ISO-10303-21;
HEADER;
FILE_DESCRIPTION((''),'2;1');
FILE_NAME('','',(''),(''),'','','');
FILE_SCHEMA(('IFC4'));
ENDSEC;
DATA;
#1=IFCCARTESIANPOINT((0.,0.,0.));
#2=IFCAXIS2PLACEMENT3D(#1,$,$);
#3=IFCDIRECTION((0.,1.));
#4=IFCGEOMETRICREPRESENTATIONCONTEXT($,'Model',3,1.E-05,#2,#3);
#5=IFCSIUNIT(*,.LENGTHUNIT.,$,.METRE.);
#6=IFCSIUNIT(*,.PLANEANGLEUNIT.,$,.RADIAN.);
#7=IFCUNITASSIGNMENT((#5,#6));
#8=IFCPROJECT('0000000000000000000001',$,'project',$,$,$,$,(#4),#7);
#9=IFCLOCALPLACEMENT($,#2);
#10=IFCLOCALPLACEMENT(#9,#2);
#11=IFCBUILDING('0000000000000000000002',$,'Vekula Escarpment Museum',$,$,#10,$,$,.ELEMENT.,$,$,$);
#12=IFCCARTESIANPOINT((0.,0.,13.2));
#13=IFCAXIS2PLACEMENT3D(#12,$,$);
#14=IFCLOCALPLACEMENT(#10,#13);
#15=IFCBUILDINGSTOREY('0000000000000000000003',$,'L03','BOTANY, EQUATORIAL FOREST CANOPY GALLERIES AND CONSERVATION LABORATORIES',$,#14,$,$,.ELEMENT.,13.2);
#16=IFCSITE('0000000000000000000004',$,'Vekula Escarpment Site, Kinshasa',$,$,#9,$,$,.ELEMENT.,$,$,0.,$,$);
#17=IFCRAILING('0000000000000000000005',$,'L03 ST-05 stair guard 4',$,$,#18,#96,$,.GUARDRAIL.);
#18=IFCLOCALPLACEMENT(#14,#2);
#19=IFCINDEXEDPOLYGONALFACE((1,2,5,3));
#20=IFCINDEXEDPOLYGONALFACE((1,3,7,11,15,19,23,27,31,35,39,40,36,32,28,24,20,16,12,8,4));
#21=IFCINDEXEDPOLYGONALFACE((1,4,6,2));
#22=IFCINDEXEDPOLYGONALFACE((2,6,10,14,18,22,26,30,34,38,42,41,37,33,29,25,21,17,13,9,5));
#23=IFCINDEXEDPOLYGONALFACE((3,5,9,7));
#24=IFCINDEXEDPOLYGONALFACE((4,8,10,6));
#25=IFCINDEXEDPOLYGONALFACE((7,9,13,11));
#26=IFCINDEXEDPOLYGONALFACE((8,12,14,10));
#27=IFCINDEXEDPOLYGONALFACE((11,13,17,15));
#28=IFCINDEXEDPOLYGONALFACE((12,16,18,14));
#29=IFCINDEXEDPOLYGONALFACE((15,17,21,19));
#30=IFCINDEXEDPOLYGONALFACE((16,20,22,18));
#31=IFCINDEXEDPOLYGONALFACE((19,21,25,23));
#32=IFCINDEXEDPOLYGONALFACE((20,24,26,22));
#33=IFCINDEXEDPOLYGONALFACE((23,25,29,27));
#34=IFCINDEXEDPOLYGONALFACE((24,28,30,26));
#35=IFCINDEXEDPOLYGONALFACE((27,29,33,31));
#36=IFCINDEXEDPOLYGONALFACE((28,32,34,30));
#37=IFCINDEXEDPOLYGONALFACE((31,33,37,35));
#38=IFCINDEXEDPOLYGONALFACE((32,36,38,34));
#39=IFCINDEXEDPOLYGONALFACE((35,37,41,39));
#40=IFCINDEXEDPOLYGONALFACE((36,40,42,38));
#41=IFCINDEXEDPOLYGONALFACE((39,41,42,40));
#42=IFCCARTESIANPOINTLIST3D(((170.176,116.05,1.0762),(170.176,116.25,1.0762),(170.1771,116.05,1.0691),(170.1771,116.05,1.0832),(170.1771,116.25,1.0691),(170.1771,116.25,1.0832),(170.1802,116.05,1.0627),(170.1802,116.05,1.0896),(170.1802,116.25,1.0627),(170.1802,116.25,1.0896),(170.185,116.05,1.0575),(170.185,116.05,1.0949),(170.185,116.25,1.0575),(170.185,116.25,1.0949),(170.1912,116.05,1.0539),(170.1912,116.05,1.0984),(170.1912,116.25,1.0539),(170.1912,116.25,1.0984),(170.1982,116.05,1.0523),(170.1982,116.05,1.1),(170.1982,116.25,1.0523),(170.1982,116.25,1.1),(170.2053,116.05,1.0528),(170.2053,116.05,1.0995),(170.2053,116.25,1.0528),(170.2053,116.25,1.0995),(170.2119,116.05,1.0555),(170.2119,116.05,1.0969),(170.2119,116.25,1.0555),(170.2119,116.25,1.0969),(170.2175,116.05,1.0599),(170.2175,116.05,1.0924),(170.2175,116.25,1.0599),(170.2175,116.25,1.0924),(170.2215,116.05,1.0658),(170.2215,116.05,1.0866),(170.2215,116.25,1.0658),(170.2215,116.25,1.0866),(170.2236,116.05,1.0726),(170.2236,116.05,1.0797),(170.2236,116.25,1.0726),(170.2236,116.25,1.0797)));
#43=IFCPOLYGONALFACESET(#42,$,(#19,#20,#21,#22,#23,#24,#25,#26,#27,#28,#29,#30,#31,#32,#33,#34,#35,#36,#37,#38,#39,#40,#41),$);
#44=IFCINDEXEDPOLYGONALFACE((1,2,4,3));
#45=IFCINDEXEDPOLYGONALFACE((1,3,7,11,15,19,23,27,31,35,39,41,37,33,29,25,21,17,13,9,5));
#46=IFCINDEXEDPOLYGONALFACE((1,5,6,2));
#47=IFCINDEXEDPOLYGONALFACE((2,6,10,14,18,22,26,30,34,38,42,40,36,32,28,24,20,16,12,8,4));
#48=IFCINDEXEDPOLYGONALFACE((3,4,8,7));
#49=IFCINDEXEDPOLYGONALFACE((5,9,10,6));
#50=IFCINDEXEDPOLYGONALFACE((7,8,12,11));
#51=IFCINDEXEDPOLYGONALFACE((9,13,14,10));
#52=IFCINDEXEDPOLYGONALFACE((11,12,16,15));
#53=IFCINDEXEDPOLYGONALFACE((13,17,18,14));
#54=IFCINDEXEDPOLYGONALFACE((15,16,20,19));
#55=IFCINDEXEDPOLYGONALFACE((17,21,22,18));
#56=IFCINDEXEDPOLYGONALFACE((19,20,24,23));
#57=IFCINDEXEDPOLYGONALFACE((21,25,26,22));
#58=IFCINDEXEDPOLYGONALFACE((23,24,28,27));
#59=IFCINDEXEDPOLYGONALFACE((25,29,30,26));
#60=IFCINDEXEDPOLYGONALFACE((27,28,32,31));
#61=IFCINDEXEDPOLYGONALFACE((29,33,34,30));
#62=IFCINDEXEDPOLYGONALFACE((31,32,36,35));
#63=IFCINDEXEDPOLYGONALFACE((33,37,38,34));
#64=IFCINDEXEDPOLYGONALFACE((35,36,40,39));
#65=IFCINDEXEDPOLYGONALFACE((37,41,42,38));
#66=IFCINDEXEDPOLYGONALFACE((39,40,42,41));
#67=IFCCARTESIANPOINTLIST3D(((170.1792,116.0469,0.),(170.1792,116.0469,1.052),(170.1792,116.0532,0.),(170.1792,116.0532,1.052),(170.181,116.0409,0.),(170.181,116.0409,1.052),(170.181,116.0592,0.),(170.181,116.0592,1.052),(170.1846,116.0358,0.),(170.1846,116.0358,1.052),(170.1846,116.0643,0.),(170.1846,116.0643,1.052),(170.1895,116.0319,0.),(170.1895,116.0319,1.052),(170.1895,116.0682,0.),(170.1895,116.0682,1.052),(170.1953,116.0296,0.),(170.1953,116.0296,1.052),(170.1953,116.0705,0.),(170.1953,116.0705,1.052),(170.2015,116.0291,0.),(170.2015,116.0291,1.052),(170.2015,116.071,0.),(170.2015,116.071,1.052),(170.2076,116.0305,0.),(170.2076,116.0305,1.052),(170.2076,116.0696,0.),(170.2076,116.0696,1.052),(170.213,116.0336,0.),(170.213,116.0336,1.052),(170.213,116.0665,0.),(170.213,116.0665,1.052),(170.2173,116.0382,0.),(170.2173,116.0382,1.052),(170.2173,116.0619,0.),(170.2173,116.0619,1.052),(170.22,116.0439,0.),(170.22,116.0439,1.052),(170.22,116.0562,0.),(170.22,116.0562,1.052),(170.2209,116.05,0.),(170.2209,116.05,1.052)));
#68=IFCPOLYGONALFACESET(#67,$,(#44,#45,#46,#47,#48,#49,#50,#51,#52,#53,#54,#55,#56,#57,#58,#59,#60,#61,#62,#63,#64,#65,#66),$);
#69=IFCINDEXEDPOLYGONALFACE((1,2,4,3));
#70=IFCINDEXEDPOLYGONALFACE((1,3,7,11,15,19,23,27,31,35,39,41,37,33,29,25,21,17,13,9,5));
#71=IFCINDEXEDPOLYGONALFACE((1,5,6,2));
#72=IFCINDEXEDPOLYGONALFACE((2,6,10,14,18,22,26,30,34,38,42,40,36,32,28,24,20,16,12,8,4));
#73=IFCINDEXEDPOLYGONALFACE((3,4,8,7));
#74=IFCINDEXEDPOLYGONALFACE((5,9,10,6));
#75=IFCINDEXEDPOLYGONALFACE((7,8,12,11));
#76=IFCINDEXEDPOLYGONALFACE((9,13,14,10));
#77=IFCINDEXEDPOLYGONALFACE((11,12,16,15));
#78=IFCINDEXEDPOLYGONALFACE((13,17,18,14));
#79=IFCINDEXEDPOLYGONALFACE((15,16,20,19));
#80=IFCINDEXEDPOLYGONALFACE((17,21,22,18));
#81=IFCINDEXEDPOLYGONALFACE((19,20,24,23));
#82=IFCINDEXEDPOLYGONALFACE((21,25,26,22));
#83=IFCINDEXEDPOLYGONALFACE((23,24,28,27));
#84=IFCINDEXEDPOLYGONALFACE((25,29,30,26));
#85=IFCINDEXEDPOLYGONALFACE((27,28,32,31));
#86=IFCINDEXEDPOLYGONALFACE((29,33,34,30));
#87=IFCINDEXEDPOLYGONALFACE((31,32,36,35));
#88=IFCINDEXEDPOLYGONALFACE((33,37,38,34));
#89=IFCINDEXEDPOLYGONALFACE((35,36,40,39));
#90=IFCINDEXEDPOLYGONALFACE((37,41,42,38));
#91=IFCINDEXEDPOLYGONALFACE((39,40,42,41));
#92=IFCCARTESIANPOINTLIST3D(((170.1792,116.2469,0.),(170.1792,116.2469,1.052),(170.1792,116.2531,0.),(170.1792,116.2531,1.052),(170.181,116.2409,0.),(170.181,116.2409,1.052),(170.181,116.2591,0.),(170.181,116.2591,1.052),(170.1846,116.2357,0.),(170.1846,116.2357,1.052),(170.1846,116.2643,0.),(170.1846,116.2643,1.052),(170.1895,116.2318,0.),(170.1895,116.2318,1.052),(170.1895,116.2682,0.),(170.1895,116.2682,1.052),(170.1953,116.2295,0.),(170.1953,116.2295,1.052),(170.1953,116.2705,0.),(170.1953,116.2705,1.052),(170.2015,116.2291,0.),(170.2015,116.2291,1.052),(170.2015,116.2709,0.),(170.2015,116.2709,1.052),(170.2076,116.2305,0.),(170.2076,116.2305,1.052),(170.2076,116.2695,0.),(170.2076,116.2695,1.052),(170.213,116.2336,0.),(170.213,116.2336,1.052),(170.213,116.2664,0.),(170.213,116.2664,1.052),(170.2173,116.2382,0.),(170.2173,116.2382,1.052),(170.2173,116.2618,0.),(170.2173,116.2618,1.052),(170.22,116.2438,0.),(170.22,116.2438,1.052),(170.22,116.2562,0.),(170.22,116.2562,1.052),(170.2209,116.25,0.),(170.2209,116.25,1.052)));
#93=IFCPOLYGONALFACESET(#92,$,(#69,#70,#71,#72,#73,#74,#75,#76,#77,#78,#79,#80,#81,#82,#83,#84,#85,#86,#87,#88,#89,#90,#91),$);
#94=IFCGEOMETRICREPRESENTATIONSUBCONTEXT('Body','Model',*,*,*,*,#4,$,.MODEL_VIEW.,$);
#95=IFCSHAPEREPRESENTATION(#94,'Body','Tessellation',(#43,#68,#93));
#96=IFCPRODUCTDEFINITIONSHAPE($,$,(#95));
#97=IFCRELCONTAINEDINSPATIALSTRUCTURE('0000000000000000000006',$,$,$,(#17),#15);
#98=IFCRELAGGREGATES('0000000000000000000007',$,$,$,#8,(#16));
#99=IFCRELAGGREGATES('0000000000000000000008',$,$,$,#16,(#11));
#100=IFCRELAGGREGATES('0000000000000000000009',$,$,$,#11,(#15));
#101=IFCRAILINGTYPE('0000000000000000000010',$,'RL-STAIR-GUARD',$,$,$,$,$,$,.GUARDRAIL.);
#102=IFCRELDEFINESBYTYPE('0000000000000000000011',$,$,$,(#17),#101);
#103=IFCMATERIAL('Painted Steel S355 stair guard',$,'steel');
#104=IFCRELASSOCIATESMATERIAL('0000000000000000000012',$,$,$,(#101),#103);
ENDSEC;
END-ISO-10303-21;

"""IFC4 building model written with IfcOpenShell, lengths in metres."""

from ifc_helpers import new_model, si_unit, direction, frame, origin, origin_2d, place, context, subcontext, project, spatial, circle, extrude, material, type_object, element, save


model = new_model("IFC4")

# Units and contexts
model_context = context("Model", 3, precision=1e-05, world=origin(), true_north=direction((0.0, 1.0)))
body_context = subcontext(model_context, "Body", "Model", "MODEL_VIEW")
ifc_project = project(units=[si_unit("LENGTHUNIT", "METRE"), si_unit("PLANEANGLEUNIT", "RADIAN")], contexts=[model_context])

# Site, building, storey
site_placement = place(None, origin())
site = spatial("IfcSite", under=ifc_project, at=site_placement, Name="Vekula Escarpment Site, Kinshasa", CompositionType="ELEMENT", RefElevation=0.0)
building_placement = place(site_placement, origin())
building = spatial("IfcBuilding", under=site, at=building_placement, Name="Vekula Escarpment Museum", CompositionType="ELEMENT")
storey_placement = place(building_placement, frame((0.0, 0.0, 13.2)))
storey = spatial("IfcBuildingStorey", under=building, at=storey_placement, Name="L03", Description="BOTANY, EQUATORIAL FOREST CANOPY GALLERIES AND CONSERVATION LABORATORIES", CompositionType="ELEMENT", Elevation=13.2)

# Railing
ifc_material_1 = material(Name="Painted Steel S355 stair guard", Category="steel")
railing_type_1 = type_object("IfcRailingType", Name="RL-STAIR-GUARD", PredefinedType="GUARDRAIL", material=ifc_material_1)
railing_1_placement = place(storey_placement, frame((170.2, 116.05, 0.0)))
element("IfcRailing", 1, at=railing_1_placement, inside=storey, type_object=railing_type_1, Name="L03 ST-05 stair guard 4", PredefinedType="GUARDRAIL", context=body_context, shape_type="SweptSolid", body=[
    extrude(circle(Radius=0.0239, at=origin_2d()), frame((0.0, 0.0, 1.0762), z_axis=(0.0, 1.0, 0.0), x_axis=(-1.0, 0.0, 0.0)), (0.0, 0.0, 1.0), 0.2),
    extrude(circle(Radius=0.021, at=origin_2d()), origin(), (0.0, 0.0, 1.0), 1.052),
    extrude(circle(Radius=0.021, at=origin_2d()), frame((0.0, 0.2, 0.0)), (0.0, 0.0, 1.0), 1.052),
])

save(model, "model.ifc")
